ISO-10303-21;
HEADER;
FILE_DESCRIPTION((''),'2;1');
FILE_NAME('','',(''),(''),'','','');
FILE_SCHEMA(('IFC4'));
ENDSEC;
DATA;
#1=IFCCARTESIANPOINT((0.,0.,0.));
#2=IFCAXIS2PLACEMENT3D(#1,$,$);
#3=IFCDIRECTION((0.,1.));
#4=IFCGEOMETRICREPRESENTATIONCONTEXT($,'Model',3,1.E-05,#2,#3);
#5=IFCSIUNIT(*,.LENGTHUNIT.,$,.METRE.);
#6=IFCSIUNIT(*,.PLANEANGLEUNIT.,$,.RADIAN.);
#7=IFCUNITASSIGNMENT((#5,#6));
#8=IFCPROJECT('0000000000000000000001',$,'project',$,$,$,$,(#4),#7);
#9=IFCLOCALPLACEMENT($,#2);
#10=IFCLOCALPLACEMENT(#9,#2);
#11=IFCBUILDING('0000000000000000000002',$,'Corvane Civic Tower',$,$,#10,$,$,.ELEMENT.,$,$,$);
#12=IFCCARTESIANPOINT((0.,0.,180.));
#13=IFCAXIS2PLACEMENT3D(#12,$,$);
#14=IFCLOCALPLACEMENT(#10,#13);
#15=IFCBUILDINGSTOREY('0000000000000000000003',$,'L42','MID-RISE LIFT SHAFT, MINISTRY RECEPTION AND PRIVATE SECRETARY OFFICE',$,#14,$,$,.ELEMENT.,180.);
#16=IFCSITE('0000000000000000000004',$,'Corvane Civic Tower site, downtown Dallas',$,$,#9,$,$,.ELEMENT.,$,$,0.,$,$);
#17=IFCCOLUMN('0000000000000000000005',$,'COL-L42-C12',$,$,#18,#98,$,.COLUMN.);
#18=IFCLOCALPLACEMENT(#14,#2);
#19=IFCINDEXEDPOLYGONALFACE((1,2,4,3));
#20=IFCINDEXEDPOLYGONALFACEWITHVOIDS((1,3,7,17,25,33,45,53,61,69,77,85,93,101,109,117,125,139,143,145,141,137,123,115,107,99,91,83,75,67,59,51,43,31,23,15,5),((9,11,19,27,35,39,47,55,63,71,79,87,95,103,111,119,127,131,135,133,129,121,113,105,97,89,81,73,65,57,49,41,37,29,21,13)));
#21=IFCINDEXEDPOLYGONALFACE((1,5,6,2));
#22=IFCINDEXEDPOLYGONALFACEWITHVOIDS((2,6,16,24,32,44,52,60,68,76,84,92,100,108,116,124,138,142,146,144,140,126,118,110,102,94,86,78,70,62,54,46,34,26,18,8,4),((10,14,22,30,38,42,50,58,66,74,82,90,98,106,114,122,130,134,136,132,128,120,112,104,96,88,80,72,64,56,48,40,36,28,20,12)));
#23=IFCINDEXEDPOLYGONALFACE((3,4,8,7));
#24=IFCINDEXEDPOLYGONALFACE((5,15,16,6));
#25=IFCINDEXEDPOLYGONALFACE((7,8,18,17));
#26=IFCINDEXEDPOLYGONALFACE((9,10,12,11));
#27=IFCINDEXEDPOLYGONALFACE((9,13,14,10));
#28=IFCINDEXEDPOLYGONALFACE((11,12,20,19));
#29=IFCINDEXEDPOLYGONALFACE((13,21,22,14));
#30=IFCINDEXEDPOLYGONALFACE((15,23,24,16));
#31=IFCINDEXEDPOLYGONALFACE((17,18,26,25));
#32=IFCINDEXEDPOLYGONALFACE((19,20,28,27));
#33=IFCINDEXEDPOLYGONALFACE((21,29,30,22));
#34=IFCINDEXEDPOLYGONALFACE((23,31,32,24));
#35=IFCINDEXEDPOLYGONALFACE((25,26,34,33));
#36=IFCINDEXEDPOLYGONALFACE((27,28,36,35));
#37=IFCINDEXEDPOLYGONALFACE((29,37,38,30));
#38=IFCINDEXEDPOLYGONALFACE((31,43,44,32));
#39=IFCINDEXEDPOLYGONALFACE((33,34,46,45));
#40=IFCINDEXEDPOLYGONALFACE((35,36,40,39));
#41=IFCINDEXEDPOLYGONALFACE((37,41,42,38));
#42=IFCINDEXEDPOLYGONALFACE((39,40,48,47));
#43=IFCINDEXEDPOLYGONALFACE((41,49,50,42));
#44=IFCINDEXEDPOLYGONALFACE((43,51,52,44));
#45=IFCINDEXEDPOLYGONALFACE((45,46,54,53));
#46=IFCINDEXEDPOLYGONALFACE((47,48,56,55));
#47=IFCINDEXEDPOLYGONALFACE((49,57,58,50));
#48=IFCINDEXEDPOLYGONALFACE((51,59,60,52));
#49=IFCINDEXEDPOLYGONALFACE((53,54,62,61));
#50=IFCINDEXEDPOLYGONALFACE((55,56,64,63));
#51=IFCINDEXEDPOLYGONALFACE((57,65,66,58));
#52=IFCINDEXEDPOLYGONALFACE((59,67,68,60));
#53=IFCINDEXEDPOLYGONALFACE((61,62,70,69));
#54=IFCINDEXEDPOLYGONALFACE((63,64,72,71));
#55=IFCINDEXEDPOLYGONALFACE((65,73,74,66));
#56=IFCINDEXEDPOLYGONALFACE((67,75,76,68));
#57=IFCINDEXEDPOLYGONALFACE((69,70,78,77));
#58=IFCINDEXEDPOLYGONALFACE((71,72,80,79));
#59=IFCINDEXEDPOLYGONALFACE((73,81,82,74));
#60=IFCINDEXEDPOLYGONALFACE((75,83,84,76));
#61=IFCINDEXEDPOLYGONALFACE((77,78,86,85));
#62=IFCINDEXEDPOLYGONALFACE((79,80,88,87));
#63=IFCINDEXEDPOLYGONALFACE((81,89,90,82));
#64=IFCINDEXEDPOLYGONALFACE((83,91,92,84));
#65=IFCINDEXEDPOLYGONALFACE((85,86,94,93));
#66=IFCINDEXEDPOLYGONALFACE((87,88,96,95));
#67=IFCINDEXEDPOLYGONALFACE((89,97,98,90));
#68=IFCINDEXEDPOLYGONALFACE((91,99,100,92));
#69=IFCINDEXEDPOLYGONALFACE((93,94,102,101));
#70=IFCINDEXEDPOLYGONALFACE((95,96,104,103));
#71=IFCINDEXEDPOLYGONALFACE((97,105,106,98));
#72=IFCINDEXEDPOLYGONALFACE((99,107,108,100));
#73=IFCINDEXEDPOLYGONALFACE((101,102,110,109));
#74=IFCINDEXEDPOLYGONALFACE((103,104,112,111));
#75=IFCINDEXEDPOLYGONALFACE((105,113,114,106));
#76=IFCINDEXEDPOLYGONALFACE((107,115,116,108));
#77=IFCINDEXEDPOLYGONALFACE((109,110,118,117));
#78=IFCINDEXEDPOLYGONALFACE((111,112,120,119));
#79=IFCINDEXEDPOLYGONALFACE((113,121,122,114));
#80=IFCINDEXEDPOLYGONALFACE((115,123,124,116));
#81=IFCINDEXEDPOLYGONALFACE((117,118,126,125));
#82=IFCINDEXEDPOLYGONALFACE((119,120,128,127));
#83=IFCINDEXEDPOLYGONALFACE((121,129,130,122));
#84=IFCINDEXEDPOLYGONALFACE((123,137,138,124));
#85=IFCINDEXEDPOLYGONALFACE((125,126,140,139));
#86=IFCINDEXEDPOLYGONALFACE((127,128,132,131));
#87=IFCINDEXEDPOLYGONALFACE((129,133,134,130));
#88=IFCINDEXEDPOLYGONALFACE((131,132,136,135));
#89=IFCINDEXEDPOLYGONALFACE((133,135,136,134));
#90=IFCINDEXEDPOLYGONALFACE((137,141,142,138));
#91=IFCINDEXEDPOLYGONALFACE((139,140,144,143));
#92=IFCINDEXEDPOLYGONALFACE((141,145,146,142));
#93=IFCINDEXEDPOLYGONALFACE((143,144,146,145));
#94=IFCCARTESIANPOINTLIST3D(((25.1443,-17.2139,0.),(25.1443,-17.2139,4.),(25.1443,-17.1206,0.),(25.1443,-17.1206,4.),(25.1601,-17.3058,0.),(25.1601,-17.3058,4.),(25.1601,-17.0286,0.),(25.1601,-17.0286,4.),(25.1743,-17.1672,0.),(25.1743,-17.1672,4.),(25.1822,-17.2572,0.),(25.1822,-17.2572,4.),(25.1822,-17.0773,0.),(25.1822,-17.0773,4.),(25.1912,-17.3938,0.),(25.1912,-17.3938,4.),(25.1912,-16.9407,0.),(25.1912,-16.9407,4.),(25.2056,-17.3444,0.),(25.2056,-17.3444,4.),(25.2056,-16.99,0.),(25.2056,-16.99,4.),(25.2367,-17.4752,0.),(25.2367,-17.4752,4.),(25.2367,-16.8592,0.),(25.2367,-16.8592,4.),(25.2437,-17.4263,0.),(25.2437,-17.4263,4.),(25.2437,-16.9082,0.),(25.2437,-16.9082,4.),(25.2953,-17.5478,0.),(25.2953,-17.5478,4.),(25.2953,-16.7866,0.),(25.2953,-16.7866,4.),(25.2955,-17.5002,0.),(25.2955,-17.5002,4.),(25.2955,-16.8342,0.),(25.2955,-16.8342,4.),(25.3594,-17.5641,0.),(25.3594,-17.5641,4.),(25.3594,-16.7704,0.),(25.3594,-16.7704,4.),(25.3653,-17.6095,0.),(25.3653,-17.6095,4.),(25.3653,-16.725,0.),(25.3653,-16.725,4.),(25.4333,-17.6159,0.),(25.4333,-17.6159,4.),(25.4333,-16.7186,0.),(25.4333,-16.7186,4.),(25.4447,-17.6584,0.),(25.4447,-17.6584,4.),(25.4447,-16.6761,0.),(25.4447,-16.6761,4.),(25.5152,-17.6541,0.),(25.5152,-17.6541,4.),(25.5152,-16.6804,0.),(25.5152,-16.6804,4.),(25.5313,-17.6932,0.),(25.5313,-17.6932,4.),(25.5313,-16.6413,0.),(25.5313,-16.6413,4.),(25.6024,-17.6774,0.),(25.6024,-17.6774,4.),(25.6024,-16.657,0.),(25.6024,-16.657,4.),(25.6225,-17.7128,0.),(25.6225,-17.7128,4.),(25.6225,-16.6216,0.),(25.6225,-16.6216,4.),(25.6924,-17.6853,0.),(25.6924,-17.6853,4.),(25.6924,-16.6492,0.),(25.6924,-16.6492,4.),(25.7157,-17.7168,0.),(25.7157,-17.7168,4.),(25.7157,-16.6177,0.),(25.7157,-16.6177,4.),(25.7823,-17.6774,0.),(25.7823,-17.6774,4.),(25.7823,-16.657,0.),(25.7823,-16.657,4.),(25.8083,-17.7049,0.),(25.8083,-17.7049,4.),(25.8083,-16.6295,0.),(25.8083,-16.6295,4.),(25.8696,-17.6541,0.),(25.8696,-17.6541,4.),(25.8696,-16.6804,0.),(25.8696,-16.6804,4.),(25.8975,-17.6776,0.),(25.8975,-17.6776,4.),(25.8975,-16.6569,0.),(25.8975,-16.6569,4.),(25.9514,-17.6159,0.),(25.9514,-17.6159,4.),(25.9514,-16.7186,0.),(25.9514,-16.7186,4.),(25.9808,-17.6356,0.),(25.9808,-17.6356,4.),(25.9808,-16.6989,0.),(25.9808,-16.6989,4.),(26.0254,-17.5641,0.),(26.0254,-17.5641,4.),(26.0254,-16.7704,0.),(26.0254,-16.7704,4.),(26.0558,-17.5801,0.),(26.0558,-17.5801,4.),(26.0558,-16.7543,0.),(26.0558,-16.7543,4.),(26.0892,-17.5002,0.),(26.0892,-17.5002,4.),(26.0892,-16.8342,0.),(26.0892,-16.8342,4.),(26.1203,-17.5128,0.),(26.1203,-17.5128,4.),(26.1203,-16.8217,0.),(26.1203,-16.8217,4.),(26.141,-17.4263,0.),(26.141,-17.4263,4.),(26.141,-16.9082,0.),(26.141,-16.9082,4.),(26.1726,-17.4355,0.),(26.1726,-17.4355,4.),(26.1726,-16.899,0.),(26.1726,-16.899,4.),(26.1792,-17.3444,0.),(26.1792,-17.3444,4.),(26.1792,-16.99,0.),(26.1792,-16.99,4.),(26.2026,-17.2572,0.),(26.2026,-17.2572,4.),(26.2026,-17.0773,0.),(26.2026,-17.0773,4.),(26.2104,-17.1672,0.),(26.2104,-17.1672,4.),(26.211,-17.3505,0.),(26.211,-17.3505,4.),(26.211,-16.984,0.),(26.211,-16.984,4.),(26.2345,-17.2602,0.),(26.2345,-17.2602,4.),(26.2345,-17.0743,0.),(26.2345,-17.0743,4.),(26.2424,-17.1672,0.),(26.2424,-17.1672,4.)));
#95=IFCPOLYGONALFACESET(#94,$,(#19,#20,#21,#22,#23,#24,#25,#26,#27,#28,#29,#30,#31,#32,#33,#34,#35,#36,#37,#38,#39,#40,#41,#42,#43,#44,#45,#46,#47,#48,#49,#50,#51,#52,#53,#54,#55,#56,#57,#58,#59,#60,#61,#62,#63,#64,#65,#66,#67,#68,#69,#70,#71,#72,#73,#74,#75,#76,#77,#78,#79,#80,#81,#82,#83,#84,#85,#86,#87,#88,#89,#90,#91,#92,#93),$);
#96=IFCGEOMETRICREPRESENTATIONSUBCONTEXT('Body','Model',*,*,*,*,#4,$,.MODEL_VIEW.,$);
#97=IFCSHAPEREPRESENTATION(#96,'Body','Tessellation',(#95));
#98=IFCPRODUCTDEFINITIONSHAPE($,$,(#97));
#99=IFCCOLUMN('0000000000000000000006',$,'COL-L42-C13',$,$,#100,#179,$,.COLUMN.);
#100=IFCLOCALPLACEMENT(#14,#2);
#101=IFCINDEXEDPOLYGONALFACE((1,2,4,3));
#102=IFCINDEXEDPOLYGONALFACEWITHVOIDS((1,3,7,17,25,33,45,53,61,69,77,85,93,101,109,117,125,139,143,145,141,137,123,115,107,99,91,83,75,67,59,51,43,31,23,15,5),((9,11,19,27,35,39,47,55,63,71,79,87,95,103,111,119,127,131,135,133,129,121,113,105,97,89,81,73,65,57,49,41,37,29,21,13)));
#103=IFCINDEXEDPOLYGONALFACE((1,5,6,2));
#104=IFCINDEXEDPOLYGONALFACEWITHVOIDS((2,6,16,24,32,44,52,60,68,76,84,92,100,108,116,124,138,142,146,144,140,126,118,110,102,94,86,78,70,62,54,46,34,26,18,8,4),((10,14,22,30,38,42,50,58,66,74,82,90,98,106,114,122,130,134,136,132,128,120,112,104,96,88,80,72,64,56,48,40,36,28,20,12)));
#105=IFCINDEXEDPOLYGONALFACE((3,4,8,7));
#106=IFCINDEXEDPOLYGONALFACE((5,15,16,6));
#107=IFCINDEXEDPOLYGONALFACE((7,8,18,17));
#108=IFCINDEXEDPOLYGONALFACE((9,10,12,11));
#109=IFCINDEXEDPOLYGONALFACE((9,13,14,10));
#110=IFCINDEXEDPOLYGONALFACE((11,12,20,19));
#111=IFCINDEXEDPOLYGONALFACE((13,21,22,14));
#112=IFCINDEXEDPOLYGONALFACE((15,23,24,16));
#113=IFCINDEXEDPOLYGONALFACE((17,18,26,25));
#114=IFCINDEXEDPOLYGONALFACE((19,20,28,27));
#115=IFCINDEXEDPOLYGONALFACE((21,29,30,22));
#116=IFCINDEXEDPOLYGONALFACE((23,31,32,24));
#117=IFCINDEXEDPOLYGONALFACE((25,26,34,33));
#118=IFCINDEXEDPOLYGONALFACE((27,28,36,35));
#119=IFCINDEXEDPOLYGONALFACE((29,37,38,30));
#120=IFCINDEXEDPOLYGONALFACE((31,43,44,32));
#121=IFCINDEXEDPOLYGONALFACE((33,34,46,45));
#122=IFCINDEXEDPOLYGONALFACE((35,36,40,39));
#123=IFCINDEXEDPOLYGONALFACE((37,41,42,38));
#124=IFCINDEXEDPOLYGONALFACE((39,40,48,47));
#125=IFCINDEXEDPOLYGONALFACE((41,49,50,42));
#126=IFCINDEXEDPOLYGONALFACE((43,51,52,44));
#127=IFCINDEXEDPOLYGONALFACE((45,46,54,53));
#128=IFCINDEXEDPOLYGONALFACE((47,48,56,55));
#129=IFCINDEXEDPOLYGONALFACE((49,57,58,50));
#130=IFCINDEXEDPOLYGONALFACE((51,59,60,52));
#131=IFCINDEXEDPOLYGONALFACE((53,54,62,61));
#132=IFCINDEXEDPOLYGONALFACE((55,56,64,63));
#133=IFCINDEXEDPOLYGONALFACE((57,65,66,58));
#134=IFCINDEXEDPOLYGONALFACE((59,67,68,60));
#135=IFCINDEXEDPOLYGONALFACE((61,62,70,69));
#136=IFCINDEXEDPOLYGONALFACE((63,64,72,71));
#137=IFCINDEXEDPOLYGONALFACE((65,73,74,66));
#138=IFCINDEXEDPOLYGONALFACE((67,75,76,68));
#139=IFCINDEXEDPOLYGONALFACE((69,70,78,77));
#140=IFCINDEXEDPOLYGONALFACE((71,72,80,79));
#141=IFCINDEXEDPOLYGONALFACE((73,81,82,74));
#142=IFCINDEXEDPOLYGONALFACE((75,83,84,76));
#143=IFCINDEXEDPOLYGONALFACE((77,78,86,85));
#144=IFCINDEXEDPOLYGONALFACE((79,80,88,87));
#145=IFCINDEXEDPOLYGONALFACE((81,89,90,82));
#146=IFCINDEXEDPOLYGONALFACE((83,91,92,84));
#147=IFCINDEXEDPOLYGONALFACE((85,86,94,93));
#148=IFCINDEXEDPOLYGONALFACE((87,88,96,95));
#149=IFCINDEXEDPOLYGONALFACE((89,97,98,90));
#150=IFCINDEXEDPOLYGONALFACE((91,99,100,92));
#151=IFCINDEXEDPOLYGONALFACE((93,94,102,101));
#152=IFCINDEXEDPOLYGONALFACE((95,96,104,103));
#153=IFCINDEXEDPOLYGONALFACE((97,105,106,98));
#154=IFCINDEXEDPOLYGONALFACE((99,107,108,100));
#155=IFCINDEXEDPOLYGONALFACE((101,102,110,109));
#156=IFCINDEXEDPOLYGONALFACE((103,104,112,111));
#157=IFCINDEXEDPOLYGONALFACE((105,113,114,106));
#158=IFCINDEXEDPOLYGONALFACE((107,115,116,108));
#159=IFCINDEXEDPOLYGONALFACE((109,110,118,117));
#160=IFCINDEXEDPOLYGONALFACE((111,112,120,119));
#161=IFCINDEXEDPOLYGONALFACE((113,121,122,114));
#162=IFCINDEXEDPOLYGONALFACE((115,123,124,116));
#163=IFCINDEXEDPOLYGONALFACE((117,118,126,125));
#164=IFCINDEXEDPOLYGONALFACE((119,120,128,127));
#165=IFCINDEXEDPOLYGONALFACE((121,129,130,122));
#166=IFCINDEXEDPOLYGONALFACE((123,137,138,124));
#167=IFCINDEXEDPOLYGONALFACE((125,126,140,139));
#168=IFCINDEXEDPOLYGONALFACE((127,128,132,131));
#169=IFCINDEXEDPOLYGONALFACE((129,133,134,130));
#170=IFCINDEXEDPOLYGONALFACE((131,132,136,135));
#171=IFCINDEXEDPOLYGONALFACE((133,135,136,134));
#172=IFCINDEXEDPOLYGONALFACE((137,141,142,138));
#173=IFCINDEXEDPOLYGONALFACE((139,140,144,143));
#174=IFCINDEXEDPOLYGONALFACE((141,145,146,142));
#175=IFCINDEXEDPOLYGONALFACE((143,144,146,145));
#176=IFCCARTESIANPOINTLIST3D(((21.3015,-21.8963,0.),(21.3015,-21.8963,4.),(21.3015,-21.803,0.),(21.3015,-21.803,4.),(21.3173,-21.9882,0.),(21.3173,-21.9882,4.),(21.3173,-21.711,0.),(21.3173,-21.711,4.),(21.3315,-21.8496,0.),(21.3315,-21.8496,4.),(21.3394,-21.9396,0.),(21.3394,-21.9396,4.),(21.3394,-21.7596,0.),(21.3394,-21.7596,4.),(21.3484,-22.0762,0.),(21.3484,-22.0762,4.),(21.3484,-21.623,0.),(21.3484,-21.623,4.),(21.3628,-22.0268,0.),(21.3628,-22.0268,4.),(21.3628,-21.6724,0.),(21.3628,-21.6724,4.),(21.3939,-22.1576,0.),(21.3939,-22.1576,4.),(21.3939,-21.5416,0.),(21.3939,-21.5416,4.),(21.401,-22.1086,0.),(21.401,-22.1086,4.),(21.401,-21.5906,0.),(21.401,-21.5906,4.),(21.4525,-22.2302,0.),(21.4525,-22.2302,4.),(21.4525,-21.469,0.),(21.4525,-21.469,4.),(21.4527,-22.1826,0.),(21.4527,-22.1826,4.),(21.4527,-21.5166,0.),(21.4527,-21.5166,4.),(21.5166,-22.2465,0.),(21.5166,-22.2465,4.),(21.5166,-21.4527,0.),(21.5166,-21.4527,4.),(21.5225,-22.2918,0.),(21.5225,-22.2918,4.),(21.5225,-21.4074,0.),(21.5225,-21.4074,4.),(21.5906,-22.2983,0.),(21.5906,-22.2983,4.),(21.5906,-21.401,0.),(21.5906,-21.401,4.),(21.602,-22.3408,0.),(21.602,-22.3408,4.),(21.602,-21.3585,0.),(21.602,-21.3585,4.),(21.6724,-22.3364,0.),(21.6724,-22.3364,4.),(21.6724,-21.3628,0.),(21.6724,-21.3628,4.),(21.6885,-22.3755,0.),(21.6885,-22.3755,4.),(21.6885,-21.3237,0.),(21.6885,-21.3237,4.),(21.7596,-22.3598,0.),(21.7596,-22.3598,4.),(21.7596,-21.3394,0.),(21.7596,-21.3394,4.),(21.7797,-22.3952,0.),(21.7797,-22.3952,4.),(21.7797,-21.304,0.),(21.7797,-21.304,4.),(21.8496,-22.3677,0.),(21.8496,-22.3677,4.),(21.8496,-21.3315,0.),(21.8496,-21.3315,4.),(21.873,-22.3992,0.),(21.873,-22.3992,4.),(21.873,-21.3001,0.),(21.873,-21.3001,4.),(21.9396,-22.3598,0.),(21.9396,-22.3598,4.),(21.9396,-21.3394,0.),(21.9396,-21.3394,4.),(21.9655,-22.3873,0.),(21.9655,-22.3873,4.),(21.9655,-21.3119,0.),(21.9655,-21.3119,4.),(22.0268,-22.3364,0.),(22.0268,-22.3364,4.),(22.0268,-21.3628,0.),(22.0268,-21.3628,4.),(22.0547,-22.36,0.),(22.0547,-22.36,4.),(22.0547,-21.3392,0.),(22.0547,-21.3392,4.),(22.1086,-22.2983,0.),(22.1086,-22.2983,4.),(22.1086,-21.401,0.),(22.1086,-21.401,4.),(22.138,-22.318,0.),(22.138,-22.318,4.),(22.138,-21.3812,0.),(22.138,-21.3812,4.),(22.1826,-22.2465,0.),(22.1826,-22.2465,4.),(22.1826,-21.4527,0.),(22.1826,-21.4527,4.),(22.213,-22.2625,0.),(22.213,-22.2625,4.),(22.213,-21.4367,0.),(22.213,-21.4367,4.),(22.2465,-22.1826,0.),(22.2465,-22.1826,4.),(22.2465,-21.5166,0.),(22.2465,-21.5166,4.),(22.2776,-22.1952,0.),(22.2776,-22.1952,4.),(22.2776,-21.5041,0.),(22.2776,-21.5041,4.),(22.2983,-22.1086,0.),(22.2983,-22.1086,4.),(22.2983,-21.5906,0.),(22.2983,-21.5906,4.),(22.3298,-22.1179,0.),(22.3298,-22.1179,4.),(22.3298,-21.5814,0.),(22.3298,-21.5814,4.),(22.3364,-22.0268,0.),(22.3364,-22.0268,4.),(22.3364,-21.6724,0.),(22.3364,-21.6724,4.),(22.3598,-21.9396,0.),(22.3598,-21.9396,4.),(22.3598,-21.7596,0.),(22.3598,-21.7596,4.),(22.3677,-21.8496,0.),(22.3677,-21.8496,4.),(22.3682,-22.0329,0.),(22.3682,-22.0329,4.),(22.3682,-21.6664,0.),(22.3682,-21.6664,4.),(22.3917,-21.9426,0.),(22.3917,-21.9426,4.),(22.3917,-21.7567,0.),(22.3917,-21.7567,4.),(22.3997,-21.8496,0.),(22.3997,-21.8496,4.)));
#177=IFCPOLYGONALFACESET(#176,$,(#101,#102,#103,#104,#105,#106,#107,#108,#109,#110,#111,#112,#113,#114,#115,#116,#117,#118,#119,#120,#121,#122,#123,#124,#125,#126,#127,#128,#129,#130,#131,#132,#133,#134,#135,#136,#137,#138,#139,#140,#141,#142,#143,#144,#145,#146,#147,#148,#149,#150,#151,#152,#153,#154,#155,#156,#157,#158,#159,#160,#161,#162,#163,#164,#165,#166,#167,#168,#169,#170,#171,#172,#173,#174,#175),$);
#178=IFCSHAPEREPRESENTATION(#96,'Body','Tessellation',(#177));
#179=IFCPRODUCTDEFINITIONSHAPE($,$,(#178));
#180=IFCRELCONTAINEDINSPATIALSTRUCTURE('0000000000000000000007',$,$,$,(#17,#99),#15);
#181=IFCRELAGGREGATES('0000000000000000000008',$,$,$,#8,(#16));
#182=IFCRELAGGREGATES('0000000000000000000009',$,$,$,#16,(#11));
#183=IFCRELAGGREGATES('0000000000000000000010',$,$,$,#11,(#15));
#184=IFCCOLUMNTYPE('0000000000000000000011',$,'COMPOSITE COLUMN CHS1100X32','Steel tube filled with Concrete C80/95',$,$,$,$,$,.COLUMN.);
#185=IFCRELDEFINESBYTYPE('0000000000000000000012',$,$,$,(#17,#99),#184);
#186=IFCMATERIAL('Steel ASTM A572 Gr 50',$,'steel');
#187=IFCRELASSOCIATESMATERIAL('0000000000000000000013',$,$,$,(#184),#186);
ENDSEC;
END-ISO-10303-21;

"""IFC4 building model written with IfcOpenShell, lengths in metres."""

from ifc_helpers import new_model, si_unit, direction, frame, origin, origin_2d, place, context, subcontext, project, spatial, hollow_circle, extrude, material, material_profile, profile_set, type_object, element, save


model = new_model("IFC4")

# Units and contexts
model_context = context("Model", 3, precision=1e-05, world=origin(), true_north=direction((0.0, 1.0)))
body_context = subcontext(model_context, "Body", "Model", "MODEL_VIEW")
ifc_project = project(units=[si_unit("LENGTHUNIT", "METRE"), si_unit("PLANEANGLEUNIT", "RADIAN")], contexts=[model_context])

# Site, building, storey
site_placement = place(None, origin())
site = spatial("IfcSite", under=ifc_project, at=site_placement, Name="Corvane Civic Tower site, downtown Dallas", CompositionType="ELEMENT", RefElevation=0.0)
building_placement = place(site_placement, origin())
building = spatial("IfcBuilding", under=site, at=building_placement, Name="Corvane Civic Tower", CompositionType="ELEMENT")
storey_placement = place(building_placement, frame((0.0, 0.0, 180.0)))
storey = spatial("IfcBuildingStorey", under=building, at=storey_placement, Name="L42", Description="MID-RISE LIFT SHAFT, MINISTRY RECEPTION AND PRIVATE SECRETARY OFFICE", CompositionType="ELEMENT", Elevation=180.0)

# Columns
ifc_material_1 = material(Name="Steel ASTM A572 Gr 50", Category="steel")
ifc_material_profile_1 = material_profile(ifc_material_1, hollow_circle(Radius=0.55, WallThickness=0.032, at=origin_2d()), Name="CHS1100X32")
ifc_profile_set_1 = profile_set([ifc_material_profile_1], Name="Steel ASTM A572 Gr 50")
column_type = type_object("IfcColumnType", Name="COMPOSITE COLUMN CHS1100X32", Description="Steel tube filled with Concrete C80/95", PredefinedType="COLUMN", material=ifc_profile_set_1)
for number, where, z_axis, x_axis, name in (
    (1, (25.6924, -17.1672, 0.0), (0.0, 0.0, 1.0), (1.0, 0.0, 0.0), "COL-L42-C12"),
    (2, (21.8496, -21.8496, 0.0), (0.0, 0.0, 1.0), (1.0, 0.0, 0.0), "COL-L42-C13"),
):
    element("IfcColumn", number, at=place(storey_placement, frame(where, z_axis=z_axis, x_axis=x_axis)), inside=storey, type_object=column_type, Name=name, PredefinedType="COLUMN", context=body_context, shape_type="SweptSolid", body=[
        extrude(hollow_circle(Radius=0.55, WallThickness=0.032, at=origin_2d()), origin(), (0.0, 0.0, 1.0), 4.0),
    ])

save(model, "model.ifc")
